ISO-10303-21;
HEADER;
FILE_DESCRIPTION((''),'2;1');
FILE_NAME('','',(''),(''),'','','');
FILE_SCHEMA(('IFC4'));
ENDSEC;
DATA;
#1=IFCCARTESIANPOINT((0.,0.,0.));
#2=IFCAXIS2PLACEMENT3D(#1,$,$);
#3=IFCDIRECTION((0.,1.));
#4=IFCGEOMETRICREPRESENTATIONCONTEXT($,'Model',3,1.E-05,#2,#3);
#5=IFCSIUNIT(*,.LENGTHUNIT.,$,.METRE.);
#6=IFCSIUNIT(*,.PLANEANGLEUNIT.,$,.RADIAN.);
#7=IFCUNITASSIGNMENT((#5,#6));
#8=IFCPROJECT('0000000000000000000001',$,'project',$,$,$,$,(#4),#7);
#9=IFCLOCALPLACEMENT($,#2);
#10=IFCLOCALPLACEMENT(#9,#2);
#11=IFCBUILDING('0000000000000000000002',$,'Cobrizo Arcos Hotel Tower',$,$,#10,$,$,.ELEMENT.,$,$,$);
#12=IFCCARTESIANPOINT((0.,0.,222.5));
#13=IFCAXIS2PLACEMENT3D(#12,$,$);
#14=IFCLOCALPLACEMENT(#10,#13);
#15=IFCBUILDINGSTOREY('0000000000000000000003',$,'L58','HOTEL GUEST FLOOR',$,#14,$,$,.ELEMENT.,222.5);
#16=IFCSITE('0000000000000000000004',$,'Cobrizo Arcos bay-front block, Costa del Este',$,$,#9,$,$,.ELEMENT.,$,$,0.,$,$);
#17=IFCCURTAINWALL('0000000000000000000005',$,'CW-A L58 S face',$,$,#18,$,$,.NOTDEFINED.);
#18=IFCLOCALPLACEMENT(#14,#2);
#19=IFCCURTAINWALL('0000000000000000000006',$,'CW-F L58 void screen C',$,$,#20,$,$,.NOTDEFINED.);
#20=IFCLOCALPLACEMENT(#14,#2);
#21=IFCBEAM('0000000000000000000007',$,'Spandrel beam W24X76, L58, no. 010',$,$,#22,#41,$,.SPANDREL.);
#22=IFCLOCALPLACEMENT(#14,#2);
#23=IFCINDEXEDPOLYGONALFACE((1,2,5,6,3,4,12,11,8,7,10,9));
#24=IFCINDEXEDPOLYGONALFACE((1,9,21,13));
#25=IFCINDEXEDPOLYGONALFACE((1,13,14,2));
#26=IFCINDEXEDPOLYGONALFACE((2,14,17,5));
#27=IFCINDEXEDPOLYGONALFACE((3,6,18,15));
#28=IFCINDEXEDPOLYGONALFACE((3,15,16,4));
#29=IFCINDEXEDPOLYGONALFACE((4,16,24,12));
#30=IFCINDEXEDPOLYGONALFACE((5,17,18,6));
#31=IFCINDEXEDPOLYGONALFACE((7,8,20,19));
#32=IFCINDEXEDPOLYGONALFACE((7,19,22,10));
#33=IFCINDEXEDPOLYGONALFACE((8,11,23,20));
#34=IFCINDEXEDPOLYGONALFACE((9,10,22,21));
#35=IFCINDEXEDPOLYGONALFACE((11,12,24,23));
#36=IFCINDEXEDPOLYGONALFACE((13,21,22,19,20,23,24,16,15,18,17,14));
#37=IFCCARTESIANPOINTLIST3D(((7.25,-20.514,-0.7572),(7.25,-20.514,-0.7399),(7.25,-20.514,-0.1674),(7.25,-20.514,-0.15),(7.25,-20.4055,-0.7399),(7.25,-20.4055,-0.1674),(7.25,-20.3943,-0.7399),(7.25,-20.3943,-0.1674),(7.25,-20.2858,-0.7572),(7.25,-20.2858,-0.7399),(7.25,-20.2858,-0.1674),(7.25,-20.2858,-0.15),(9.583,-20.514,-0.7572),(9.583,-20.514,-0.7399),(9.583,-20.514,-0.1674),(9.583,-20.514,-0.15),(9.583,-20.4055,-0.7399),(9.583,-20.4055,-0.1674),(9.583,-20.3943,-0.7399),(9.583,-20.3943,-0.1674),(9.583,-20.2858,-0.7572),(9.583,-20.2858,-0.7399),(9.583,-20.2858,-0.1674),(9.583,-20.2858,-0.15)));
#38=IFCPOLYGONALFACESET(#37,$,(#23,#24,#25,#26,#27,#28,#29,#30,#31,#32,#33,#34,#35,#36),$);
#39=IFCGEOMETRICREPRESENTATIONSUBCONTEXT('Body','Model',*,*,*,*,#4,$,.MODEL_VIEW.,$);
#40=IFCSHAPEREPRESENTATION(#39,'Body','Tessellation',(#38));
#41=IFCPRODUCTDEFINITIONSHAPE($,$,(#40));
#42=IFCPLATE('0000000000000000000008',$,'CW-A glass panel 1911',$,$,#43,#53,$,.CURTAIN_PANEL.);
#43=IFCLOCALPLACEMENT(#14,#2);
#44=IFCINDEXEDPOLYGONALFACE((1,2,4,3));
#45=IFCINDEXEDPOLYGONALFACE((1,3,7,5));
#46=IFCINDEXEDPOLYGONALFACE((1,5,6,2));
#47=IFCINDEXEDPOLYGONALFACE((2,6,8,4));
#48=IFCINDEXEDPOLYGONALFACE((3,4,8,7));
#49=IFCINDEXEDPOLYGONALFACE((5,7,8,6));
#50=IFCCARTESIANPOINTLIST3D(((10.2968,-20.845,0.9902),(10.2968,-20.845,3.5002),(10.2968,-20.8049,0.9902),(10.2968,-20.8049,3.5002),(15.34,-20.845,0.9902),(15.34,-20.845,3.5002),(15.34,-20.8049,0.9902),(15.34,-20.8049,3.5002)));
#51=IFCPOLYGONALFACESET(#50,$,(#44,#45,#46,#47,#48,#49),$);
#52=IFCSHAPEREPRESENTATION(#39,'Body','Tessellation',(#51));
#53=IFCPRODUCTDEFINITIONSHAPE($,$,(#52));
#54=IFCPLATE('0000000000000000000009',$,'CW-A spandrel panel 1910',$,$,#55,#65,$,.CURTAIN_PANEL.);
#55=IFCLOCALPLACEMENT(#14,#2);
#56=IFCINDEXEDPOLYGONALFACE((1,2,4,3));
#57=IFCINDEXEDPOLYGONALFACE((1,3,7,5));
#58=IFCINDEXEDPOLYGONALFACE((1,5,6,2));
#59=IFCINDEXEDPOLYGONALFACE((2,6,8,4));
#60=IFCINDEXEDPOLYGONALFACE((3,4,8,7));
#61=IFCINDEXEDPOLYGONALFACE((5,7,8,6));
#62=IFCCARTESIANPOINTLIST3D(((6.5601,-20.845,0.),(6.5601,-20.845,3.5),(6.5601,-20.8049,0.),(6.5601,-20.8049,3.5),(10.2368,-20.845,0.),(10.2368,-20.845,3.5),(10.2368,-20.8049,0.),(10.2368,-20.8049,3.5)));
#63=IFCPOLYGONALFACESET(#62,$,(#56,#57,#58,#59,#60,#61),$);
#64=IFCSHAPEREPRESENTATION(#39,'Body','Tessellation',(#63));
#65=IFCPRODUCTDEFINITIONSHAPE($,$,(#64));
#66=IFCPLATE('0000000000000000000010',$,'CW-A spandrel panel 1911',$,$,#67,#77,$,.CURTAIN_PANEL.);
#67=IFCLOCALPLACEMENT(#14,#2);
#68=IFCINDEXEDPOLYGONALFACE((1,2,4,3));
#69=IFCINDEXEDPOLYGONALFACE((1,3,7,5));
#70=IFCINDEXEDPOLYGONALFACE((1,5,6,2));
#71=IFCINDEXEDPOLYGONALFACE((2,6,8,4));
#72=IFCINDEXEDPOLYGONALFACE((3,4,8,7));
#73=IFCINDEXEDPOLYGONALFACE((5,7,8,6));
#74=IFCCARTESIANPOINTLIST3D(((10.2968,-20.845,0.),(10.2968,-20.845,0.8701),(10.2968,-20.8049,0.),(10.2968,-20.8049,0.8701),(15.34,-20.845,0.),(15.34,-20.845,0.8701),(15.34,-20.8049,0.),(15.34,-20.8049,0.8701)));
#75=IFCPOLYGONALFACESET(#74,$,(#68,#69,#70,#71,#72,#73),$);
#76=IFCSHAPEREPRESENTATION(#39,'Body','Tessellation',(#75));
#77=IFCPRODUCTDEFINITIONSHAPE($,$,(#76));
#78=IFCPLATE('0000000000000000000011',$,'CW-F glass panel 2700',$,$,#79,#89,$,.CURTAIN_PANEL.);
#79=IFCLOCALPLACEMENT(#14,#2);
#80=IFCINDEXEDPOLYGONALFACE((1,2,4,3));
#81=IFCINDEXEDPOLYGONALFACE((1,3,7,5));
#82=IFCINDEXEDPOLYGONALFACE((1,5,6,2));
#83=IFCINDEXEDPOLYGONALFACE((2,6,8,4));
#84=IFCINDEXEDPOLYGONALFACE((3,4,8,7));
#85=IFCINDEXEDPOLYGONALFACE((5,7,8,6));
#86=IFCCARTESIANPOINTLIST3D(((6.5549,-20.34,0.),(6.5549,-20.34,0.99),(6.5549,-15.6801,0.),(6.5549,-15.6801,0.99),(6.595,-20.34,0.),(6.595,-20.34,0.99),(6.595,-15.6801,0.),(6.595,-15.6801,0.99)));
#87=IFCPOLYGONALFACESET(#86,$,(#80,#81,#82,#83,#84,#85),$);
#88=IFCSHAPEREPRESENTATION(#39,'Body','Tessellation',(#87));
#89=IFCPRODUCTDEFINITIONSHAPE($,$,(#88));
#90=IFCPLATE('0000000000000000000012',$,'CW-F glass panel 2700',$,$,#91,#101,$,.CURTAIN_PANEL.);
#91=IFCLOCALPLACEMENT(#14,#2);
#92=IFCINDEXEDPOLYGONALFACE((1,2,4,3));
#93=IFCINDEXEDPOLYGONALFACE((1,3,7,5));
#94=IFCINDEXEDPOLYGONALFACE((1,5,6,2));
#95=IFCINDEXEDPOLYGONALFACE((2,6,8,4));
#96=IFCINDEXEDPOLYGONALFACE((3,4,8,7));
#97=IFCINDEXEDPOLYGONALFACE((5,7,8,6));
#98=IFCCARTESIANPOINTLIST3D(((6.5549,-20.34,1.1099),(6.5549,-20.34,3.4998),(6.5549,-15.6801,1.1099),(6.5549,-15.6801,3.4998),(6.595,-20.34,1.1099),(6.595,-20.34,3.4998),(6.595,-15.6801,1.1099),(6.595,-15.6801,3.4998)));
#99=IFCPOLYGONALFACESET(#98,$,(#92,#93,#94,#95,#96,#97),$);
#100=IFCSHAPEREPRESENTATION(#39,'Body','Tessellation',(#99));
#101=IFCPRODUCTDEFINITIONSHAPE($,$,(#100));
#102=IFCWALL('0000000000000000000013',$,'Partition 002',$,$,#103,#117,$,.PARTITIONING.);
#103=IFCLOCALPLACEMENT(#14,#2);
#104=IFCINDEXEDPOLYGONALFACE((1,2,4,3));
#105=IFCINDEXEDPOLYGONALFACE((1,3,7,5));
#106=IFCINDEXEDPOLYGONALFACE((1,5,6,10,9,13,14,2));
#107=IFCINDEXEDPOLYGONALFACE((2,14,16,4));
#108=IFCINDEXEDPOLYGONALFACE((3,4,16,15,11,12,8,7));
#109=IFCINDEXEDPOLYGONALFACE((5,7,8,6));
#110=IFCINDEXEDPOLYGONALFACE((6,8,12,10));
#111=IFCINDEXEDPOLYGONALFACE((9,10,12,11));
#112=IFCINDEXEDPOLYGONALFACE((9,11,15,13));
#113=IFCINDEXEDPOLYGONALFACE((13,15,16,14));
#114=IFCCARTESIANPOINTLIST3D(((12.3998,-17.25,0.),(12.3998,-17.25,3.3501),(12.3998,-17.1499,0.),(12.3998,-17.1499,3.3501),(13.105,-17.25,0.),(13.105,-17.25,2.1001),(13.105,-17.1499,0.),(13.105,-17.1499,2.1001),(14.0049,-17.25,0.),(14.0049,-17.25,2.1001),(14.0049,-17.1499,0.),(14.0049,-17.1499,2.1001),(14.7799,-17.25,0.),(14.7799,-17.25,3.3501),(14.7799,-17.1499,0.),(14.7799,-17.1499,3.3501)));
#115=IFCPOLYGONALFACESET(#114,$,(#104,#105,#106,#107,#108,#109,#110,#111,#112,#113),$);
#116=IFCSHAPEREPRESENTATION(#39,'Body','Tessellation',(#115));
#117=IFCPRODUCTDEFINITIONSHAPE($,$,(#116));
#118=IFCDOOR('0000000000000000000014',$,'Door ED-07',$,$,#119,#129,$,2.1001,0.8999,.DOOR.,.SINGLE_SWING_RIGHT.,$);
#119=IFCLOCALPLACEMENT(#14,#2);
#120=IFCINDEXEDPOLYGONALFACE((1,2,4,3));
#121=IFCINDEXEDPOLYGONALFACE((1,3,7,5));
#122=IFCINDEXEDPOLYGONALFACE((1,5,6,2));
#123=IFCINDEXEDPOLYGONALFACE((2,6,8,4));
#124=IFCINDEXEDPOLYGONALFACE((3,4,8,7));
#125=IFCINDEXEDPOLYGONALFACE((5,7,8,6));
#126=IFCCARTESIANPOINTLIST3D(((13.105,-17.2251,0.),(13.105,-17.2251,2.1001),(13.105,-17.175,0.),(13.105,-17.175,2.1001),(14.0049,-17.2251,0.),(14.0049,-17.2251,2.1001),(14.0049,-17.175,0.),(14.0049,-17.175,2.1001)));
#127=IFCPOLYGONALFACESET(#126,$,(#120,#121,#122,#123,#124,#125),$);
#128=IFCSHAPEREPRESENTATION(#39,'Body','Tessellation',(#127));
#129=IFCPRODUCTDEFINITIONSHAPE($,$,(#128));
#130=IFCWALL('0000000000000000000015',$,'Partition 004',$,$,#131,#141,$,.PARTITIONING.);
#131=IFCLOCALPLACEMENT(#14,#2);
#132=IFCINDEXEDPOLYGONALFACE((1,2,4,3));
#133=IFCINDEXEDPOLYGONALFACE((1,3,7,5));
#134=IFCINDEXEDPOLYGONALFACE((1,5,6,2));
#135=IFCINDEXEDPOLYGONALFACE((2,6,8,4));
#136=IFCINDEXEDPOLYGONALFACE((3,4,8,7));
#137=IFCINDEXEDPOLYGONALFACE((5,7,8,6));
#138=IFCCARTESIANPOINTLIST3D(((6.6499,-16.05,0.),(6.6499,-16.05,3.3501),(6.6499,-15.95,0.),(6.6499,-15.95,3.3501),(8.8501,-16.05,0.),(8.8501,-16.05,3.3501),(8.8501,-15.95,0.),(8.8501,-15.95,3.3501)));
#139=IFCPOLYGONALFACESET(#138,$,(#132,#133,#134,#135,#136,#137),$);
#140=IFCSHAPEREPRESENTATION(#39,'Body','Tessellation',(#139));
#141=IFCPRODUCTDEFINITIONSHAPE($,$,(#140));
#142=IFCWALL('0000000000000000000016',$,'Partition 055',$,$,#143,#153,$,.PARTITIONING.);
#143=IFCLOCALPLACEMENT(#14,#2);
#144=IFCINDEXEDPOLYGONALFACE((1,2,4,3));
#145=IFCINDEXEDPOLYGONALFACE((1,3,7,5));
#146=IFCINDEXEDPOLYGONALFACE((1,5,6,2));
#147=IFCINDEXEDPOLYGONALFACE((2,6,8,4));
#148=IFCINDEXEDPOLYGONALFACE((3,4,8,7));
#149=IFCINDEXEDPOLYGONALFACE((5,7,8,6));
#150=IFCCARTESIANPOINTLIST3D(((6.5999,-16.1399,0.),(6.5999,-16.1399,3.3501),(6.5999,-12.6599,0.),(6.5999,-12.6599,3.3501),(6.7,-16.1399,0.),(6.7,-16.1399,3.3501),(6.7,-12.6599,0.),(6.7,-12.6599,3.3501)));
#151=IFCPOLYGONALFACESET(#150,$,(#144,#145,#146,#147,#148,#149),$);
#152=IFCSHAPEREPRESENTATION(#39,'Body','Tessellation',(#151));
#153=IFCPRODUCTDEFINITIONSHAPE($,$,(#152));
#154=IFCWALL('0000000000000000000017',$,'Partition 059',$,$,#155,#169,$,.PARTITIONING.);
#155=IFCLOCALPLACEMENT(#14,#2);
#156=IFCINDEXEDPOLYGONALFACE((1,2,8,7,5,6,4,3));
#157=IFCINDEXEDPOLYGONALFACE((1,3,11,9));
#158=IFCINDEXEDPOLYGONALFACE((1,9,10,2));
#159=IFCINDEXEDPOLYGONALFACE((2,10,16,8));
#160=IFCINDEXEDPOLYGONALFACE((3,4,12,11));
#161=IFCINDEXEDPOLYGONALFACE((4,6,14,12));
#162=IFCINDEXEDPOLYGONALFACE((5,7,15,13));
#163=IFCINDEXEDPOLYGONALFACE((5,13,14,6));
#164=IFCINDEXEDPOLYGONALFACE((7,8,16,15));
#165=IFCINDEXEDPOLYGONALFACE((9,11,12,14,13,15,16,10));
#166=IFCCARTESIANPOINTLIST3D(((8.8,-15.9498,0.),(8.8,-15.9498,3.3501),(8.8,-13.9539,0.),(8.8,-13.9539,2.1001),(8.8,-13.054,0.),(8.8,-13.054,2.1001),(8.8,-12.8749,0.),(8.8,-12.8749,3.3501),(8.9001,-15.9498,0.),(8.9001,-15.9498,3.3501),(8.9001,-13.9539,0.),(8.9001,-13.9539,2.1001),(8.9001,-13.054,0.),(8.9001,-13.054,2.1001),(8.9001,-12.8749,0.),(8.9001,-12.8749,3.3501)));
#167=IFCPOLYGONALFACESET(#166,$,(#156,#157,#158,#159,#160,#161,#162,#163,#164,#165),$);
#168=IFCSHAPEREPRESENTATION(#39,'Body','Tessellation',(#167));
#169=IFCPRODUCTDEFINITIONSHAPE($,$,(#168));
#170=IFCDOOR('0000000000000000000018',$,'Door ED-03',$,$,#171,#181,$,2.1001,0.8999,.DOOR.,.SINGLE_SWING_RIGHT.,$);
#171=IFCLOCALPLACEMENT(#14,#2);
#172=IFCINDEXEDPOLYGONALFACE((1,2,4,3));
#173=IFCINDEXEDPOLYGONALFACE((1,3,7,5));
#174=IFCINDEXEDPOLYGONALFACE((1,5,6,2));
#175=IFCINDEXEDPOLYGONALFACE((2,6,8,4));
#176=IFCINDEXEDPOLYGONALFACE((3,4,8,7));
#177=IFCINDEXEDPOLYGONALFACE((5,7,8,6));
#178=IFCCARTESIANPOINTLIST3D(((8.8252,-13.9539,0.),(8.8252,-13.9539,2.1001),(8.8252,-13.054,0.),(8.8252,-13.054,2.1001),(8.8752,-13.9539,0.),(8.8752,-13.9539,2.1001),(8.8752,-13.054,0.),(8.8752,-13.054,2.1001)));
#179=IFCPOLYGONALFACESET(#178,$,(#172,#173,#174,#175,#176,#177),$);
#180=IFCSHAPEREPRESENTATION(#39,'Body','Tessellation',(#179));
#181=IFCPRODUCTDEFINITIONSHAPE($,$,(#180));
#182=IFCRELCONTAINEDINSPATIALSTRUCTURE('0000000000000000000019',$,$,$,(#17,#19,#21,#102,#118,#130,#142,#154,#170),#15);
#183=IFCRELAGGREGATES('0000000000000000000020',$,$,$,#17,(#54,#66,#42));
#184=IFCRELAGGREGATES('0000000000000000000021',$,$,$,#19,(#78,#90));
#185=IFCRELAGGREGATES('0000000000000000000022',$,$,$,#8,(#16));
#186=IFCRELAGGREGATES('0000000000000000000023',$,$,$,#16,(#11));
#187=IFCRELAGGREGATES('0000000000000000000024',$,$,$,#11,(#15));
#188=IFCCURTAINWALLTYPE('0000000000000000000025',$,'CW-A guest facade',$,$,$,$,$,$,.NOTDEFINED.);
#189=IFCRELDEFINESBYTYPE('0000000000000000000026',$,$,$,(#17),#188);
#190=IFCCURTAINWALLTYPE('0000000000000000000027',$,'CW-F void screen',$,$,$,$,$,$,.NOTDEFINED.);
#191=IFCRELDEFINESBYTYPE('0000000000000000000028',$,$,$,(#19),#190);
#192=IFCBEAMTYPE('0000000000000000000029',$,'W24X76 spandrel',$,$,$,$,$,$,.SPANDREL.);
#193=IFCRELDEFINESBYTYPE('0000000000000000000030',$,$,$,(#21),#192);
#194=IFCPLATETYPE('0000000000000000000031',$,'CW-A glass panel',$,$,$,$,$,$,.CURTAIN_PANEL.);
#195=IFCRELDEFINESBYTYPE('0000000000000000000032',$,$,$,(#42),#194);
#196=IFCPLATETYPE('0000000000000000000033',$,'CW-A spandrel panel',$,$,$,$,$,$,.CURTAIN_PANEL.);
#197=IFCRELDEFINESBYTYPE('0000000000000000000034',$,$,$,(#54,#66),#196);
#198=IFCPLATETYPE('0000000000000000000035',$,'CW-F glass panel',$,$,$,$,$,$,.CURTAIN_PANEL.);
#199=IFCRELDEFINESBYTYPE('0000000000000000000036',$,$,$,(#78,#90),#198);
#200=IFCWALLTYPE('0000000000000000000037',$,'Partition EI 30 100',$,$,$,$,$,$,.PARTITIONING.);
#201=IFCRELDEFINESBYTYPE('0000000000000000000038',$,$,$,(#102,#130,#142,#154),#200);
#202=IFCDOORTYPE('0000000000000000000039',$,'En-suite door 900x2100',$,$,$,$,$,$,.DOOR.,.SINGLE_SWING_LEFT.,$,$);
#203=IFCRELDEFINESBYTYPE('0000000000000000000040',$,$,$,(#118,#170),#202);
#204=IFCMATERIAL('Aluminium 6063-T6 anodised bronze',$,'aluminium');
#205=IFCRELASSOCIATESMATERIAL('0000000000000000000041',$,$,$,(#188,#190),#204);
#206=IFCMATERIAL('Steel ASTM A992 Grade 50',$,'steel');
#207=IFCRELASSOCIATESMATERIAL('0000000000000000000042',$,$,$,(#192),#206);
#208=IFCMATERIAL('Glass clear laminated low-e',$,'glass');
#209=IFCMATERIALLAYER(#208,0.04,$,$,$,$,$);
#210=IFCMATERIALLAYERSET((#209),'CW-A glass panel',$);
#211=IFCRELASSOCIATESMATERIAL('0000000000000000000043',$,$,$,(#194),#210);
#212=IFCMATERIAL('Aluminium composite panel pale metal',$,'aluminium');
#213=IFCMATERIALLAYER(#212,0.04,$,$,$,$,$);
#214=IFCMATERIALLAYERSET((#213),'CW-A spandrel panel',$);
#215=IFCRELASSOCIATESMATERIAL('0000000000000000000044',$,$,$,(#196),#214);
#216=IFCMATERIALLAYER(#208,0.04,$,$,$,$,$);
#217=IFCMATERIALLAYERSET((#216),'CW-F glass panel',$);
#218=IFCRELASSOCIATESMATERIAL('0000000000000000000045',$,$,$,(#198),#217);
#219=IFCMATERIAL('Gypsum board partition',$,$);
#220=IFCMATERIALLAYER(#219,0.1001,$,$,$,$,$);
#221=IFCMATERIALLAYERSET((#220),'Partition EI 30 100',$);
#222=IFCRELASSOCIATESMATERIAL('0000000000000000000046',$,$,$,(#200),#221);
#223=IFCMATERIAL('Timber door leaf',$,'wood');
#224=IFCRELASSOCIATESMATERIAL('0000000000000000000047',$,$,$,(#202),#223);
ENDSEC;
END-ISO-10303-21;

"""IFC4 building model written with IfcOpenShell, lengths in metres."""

from ifc_helpers import new_model, si_unit, direction, frame, frame_2d, origin, origin_2d, place, context, subcontext, project, spatial, rectangle, i_section, extrude, material, layer, layer_set, material_profile, profile_set, type_object, element, fill, aggregate, save


model = new_model("IFC4")

# Units and contexts
model_context = context("Model", 3, precision=1e-05, world=origin(), true_north=direction((0.0, 1.0)))
body_context = subcontext(model_context, "Body", "Model", "MODEL_VIEW")
ifc_project = project(units=[si_unit("LENGTHUNIT", "METRE"), si_unit("PLANEANGLEUNIT", "RADIAN")], contexts=[model_context])

# Site, building, storey
site_placement = place(None, origin())
site = spatial("IfcSite", under=ifc_project, at=site_placement, Name="Cobrizo Arcos bay-front block, Costa del Este", CompositionType="ELEMENT", RefElevation=0.0)
building_placement = place(site_placement, origin())
building = spatial("IfcBuilding", under=site, at=building_placement, Name="Cobrizo Arcos Hotel Tower", CompositionType="ELEMENT")
storey_placement = place(building_placement, frame((0.0, 0.0, 222.5)))
storey = spatial("IfcBuildingStorey", under=building, at=storey_placement, Name="L58", Description="HOTEL GUEST FLOOR", CompositionType="ELEMENT", Elevation=222.5)

# Curtain walls
ifc_material_1 = material(Name="Aluminium 6063-T6 anodised bronze", Category="aluminium")
curtain_wall_type_1 = type_object("IfcCurtainWallType", Name="CW-A guest facade", PredefinedType="NOTDEFINED", material=ifc_material_1)
curtain_wall_1_placement = place(storey_placement, origin())
curtain_wall_1 = element("IfcCurtainWall", 1, at=curtain_wall_1_placement, inside=storey, type_object=curtain_wall_type_1, Name="CW-A L58 S face", PredefinedType="NOTDEFINED")
curtain_wall_type_2 = type_object("IfcCurtainWallType", Name="CW-F void screen", PredefinedType="NOTDEFINED", material=ifc_material_1)
curtain_wall_2_placement = place(storey_placement, origin())
curtain_wall_2 = element("IfcCurtainWall", 2, at=curtain_wall_2_placement, inside=storey, type_object=curtain_wall_type_2, Name="CW-F L58 void screen C", PredefinedType="NOTDEFINED")

# Beam
ifc_material_2 = material(Name="Steel ASTM A992 Grade 50", Category="steel")
ifc_material_profile_1 = material_profile(ifc_material_2, i_section(OverallWidth=0.2283, OverallDepth=0.6072, WebThickness=0.0112, FlangeThickness=0.0173, at=origin_2d()), Name="W24X76")
ifc_profile_set_1 = profile_set([ifc_material_profile_1], Name="Steel ASTM A992 Grade 50")
beam_type_1 = type_object("IfcBeamType", Name="W24X76 spandrel", PredefinedType="SPANDREL", material=ifc_profile_set_1)
beam_1_placement = place(storey_placement, frame((9.583, -20.3999, -0.4536), z_axis=(-1.0, 0.0, 0.0), x_axis=(0.0, -1.0, 0.0)))
element("IfcBeam", 3, at=beam_1_placement, inside=storey, type_object=beam_type_1, Name="Spandrel beam W24X76, L58, no. 010", PredefinedType="SPANDREL", context=body_context, shape_type="SweptSolid", body=[
    extrude(i_section(OverallWidth=0.2283, OverallDepth=0.6072, WebThickness=0.0112, FlangeThickness=0.0173, at=origin_2d()), origin(), (0.0, 0.0, 1.0), 2.333),
])

# Plates
ifc_material_3 = material(Name="Glass clear laminated low-e", Category="glass")
ifc_layer_1 = layer(ifc_material_3, 0.04)
ifc_layer_set_1 = layer_set([ifc_layer_1], Name="CW-A glass panel")
plate_type_1 = type_object("IfcPlateType", Name="CW-A glass panel", PredefinedType="CURTAIN_PANEL", material=ifc_layer_set_1)
plate_1_placement = place(storey_placement, frame((12.8184, -20.825, 0.9902), z_axis=(0.0, 0.0, 1.0), x_axis=(1.0, 0.0, 0.0)))
plate_1 = element("IfcPlate", 4, at=plate_1_placement, type_object=plate_type_1, Name="CW-A glass panel 1911", PredefinedType="CURTAIN_PANEL", context=body_context, shape_type="SweptSolid", body=[
    extrude(rectangle(XDim=5.0432, YDim=0.04, at=origin_2d()), origin(), (0.0, 0.0, 1.0), 2.51),
])
ifc_material_4 = material(Name="Aluminium composite panel pale metal", Category="aluminium")
ifc_layer_2 = layer(ifc_material_4, 0.04)
ifc_layer_set_2 = layer_set([ifc_layer_2], Name="CW-A spandrel panel")
plate_type_2 = type_object("IfcPlateType", Name="CW-A spandrel panel", PredefinedType="CURTAIN_PANEL", material=ifc_layer_set_2)
plate_2_placement = place(storey_placement, frame((8.3984, -20.825, 0.0), z_axis=(0.0, 0.0, 1.0), x_axis=(1.0, 0.0, 0.0)))
plate_2 = element("IfcPlate", 5, at=plate_2_placement, type_object=plate_type_2, Name="CW-A spandrel panel 1910", PredefinedType="CURTAIN_PANEL", context=body_context, shape_type="SweptSolid", body=[
    extrude(rectangle(XDim=3.6768, YDim=0.04, at=origin_2d()), origin(), (0.0, 0.0, 1.0), 3.5),
])
plate_3_placement = place(storey_placement, frame((12.8184, -20.825, 0.0), z_axis=(0.0, 0.0, 1.0), x_axis=(1.0, 0.0, 0.0)))
plate_3 = element("IfcPlate", 6, at=plate_3_placement, type_object=plate_type_2, Name="CW-A spandrel panel 1911", PredefinedType="CURTAIN_PANEL", context=body_context, shape_type="SweptSolid", body=[
    extrude(rectangle(XDim=5.0432, YDim=0.04, at=origin_2d()), origin(), (0.0, 0.0, 1.0), 0.8701),
])
aggregate(curtain_wall_1, [plate_2, plate_3, plate_1])
ifc_layer_3 = layer(ifc_material_3, 0.04)
ifc_layer_set_3 = layer_set([ifc_layer_3], Name="CW-F glass panel")
plate_type_3 = type_object("IfcPlateType", Name="CW-F glass panel", PredefinedType="CURTAIN_PANEL", material=ifc_layer_set_3)
plate_4_placement = place(storey_placement, frame((6.575, -18.01, 0.0), z_axis=(0.0, 0.0, 1.0), x_axis=(0.0, 1.0, 0.0)))
plate_4 = element("IfcPlate", 7, at=plate_4_placement, type_object=plate_type_3, Name="CW-F glass panel 2700", PredefinedType="CURTAIN_PANEL", context=body_context, shape_type="SweptSolid", body=[
    extrude(rectangle(XDim=4.6599, YDim=0.04, at=origin_2d()), origin(), (0.0, 0.0, 1.0), 0.99),
])
plate_5_placement = place(storey_placement, frame((6.575, -18.01, 1.1099), z_axis=(0.0, 0.0, 1.0), x_axis=(0.0, 1.0, 0.0)))
plate_5 = element("IfcPlate", 8, at=plate_5_placement, type_object=plate_type_3, Name="CW-F glass panel 2700", PredefinedType="CURTAIN_PANEL", context=body_context, shape_type="SweptSolid", body=[
    extrude(rectangle(XDim=4.6599, YDim=0.04, at=origin_2d()), origin(), (0.0, 0.0, 1.0), 2.3899),
])
aggregate(curtain_wall_2, [plate_4, plate_5])

# Wall, opening, door
ifc_material_5 = material(Name="Gypsum board partition")
ifc_layer_4 = layer(ifc_material_5, 0.1001)
ifc_layer_set_4 = layer_set([ifc_layer_4], Name="Partition EI 30 100")
wall_type = type_object("IfcWallType", Name="Partition EI 30 100", PredefinedType="PARTITIONING", material=ifc_layer_set_4)
wall_1_placement = place(storey_placement, frame((12.3999, -17.2, 0.0), z_axis=(0.0, 0.0, 1.0), x_axis=(1.0, 0.0, 0.0)))
wall_1 = element("IfcWall", 9, at=wall_1_placement, inside=storey, type_object=wall_type, Name="Partition 002", PredefinedType="PARTITIONING", context=body_context, shape_type="SweptSolid", body=[
    extrude(rectangle(XDim=2.3801, YDim=0.1001, at=frame_2d((1.1899, 0.0))), origin(), (0.0, 0.0, 1.0), 3.3501),
])
opening_1_placement = place(wall_1_placement, frame((0.7051, 0.0, 0.0)))
opening_1 = element("IfcOpeningElement", 10, at=opening_1_placement, cuts=wall_1, PredefinedType="OPENING", context=body_context, shape_type="SweptSolid", body=[
    extrude(rectangle(XDim=0.8999, YDim=2.1001, at=frame_2d((0.45, 1.05))), frame((0.0, 0.062, 0.0), z_axis=(0.0, -1.0, 0.0), x_axis=(1.0, 0.0, 0.0)), (0.0, 0.0, 1.0), 0.124),
])
ifc_material_6 = material(Name="Timber door leaf", Category="wood")
door_type = type_object("IfcDoorType", Name="En-suite door 900x2100", OperationType="SINGLE_SWING_LEFT", PredefinedType="DOOR", material=ifc_material_6)
door_1_placement = place(opening_1_placement, origin())
door_1 = element("IfcDoor", 11, at=door_1_placement, inside=storey, type_object=door_type, Name="Door ED-07", OperationType="SINGLE_SWING_RIGHT", OverallHeight=2.1001, OverallWidth=0.8999, PredefinedType="DOOR", context=body_context, shape_type="SweptSolid", body=[
    extrude(rectangle(XDim=0.8999, YDim=2.1001, at=frame_2d((0.45, 1.05))), frame((0.0, 0.0249, 0.0), z_axis=(0.0, -1.0, 0.0), x_axis=(1.0, 0.0, 0.0)), (0.0, 0.0, 1.0), 0.05),
])
fill(opening_1, door_1)

# Walls
wall_2_placement = place(storey_placement, frame((6.6499, -16.0, 0.0), z_axis=(0.0, 0.0, 1.0), x_axis=(1.0, 0.0, 0.0)))
element("IfcWall", 12, at=wall_2_placement, inside=storey, type_object=wall_type, Name="Partition 004", PredefinedType="PARTITIONING", context=body_context, shape_type="SweptSolid", body=[
    extrude(rectangle(XDim=2.2002, YDim=0.1001, at=frame_2d((1.1001, 0.0))), origin(), (0.0, 0.0, 1.0), 3.3501),
])
wall_3_placement = place(storey_placement, frame((6.6499, -16.1399, 0.0), z_axis=(0.0, 0.0, 1.0), x_axis=(0.0, 1.0, 0.0)))
element("IfcWall", 13, at=wall_3_placement, inside=storey, type_object=wall_type, Name="Partition 055", PredefinedType="PARTITIONING", context=body_context, shape_type="SweptSolid", body=[
    extrude(rectangle(XDim=3.48, YDim=0.1001, at=frame_2d((1.74, 0.0))), origin(), (0.0, 0.0, 1.0), 3.3501),
])

# Wall, opening, door
wall_4_placement = place(storey_placement, frame((8.8501, -15.95, 0.0), z_axis=(0.0, 0.0, 1.0), x_axis=(0.0, 1.0, 0.0)))
wall_4 = element("IfcWall", 14, at=wall_4_placement, inside=storey, type_object=wall_type, Name="Partition 059", PredefinedType="PARTITIONING", context=body_context, shape_type="SweptSolid", body=[
    extrude(rectangle(XDim=3.075, YDim=0.1001, at=frame_2d((1.5376, 0.0))), origin(), (0.0, 0.0, 1.0), 3.3501),
])
opening_2_placement = place(wall_4_placement, frame((1.9961, 0.0, 0.0)))
opening_2 = element("IfcOpeningElement", 15, at=opening_2_placement, cuts=wall_4, PredefinedType="OPENING", context=body_context, shape_type="SweptSolid", body=[
    extrude(rectangle(XDim=0.8999, YDim=2.1001, at=frame_2d((0.45, 1.05))), frame((0.0, 0.062, 0.0), z_axis=(0.0, -1.0, 0.0), x_axis=(1.0, 0.0, 0.0)), (0.0, 0.0, 1.0), 0.124),
])
door_2_placement = place(opening_2_placement, origin())
door_2 = element("IfcDoor", 16, at=door_2_placement, inside=storey, type_object=door_type, Name="Door ED-03", OperationType="SINGLE_SWING_RIGHT", OverallHeight=2.1001, OverallWidth=0.8999, PredefinedType="DOOR", context=body_context, shape_type="SweptSolid", body=[
    extrude(rectangle(XDim=0.8999, YDim=2.1001, at=frame_2d((0.45, 1.05))), frame((0.0, 0.0249, 0.0), z_axis=(0.0, -1.0, 0.0), x_axis=(1.0, 0.0, 0.0)), (0.0, 0.0, 1.0), 0.05),
])
fill(opening_2, door_2)

save(model, "model.ifc")
